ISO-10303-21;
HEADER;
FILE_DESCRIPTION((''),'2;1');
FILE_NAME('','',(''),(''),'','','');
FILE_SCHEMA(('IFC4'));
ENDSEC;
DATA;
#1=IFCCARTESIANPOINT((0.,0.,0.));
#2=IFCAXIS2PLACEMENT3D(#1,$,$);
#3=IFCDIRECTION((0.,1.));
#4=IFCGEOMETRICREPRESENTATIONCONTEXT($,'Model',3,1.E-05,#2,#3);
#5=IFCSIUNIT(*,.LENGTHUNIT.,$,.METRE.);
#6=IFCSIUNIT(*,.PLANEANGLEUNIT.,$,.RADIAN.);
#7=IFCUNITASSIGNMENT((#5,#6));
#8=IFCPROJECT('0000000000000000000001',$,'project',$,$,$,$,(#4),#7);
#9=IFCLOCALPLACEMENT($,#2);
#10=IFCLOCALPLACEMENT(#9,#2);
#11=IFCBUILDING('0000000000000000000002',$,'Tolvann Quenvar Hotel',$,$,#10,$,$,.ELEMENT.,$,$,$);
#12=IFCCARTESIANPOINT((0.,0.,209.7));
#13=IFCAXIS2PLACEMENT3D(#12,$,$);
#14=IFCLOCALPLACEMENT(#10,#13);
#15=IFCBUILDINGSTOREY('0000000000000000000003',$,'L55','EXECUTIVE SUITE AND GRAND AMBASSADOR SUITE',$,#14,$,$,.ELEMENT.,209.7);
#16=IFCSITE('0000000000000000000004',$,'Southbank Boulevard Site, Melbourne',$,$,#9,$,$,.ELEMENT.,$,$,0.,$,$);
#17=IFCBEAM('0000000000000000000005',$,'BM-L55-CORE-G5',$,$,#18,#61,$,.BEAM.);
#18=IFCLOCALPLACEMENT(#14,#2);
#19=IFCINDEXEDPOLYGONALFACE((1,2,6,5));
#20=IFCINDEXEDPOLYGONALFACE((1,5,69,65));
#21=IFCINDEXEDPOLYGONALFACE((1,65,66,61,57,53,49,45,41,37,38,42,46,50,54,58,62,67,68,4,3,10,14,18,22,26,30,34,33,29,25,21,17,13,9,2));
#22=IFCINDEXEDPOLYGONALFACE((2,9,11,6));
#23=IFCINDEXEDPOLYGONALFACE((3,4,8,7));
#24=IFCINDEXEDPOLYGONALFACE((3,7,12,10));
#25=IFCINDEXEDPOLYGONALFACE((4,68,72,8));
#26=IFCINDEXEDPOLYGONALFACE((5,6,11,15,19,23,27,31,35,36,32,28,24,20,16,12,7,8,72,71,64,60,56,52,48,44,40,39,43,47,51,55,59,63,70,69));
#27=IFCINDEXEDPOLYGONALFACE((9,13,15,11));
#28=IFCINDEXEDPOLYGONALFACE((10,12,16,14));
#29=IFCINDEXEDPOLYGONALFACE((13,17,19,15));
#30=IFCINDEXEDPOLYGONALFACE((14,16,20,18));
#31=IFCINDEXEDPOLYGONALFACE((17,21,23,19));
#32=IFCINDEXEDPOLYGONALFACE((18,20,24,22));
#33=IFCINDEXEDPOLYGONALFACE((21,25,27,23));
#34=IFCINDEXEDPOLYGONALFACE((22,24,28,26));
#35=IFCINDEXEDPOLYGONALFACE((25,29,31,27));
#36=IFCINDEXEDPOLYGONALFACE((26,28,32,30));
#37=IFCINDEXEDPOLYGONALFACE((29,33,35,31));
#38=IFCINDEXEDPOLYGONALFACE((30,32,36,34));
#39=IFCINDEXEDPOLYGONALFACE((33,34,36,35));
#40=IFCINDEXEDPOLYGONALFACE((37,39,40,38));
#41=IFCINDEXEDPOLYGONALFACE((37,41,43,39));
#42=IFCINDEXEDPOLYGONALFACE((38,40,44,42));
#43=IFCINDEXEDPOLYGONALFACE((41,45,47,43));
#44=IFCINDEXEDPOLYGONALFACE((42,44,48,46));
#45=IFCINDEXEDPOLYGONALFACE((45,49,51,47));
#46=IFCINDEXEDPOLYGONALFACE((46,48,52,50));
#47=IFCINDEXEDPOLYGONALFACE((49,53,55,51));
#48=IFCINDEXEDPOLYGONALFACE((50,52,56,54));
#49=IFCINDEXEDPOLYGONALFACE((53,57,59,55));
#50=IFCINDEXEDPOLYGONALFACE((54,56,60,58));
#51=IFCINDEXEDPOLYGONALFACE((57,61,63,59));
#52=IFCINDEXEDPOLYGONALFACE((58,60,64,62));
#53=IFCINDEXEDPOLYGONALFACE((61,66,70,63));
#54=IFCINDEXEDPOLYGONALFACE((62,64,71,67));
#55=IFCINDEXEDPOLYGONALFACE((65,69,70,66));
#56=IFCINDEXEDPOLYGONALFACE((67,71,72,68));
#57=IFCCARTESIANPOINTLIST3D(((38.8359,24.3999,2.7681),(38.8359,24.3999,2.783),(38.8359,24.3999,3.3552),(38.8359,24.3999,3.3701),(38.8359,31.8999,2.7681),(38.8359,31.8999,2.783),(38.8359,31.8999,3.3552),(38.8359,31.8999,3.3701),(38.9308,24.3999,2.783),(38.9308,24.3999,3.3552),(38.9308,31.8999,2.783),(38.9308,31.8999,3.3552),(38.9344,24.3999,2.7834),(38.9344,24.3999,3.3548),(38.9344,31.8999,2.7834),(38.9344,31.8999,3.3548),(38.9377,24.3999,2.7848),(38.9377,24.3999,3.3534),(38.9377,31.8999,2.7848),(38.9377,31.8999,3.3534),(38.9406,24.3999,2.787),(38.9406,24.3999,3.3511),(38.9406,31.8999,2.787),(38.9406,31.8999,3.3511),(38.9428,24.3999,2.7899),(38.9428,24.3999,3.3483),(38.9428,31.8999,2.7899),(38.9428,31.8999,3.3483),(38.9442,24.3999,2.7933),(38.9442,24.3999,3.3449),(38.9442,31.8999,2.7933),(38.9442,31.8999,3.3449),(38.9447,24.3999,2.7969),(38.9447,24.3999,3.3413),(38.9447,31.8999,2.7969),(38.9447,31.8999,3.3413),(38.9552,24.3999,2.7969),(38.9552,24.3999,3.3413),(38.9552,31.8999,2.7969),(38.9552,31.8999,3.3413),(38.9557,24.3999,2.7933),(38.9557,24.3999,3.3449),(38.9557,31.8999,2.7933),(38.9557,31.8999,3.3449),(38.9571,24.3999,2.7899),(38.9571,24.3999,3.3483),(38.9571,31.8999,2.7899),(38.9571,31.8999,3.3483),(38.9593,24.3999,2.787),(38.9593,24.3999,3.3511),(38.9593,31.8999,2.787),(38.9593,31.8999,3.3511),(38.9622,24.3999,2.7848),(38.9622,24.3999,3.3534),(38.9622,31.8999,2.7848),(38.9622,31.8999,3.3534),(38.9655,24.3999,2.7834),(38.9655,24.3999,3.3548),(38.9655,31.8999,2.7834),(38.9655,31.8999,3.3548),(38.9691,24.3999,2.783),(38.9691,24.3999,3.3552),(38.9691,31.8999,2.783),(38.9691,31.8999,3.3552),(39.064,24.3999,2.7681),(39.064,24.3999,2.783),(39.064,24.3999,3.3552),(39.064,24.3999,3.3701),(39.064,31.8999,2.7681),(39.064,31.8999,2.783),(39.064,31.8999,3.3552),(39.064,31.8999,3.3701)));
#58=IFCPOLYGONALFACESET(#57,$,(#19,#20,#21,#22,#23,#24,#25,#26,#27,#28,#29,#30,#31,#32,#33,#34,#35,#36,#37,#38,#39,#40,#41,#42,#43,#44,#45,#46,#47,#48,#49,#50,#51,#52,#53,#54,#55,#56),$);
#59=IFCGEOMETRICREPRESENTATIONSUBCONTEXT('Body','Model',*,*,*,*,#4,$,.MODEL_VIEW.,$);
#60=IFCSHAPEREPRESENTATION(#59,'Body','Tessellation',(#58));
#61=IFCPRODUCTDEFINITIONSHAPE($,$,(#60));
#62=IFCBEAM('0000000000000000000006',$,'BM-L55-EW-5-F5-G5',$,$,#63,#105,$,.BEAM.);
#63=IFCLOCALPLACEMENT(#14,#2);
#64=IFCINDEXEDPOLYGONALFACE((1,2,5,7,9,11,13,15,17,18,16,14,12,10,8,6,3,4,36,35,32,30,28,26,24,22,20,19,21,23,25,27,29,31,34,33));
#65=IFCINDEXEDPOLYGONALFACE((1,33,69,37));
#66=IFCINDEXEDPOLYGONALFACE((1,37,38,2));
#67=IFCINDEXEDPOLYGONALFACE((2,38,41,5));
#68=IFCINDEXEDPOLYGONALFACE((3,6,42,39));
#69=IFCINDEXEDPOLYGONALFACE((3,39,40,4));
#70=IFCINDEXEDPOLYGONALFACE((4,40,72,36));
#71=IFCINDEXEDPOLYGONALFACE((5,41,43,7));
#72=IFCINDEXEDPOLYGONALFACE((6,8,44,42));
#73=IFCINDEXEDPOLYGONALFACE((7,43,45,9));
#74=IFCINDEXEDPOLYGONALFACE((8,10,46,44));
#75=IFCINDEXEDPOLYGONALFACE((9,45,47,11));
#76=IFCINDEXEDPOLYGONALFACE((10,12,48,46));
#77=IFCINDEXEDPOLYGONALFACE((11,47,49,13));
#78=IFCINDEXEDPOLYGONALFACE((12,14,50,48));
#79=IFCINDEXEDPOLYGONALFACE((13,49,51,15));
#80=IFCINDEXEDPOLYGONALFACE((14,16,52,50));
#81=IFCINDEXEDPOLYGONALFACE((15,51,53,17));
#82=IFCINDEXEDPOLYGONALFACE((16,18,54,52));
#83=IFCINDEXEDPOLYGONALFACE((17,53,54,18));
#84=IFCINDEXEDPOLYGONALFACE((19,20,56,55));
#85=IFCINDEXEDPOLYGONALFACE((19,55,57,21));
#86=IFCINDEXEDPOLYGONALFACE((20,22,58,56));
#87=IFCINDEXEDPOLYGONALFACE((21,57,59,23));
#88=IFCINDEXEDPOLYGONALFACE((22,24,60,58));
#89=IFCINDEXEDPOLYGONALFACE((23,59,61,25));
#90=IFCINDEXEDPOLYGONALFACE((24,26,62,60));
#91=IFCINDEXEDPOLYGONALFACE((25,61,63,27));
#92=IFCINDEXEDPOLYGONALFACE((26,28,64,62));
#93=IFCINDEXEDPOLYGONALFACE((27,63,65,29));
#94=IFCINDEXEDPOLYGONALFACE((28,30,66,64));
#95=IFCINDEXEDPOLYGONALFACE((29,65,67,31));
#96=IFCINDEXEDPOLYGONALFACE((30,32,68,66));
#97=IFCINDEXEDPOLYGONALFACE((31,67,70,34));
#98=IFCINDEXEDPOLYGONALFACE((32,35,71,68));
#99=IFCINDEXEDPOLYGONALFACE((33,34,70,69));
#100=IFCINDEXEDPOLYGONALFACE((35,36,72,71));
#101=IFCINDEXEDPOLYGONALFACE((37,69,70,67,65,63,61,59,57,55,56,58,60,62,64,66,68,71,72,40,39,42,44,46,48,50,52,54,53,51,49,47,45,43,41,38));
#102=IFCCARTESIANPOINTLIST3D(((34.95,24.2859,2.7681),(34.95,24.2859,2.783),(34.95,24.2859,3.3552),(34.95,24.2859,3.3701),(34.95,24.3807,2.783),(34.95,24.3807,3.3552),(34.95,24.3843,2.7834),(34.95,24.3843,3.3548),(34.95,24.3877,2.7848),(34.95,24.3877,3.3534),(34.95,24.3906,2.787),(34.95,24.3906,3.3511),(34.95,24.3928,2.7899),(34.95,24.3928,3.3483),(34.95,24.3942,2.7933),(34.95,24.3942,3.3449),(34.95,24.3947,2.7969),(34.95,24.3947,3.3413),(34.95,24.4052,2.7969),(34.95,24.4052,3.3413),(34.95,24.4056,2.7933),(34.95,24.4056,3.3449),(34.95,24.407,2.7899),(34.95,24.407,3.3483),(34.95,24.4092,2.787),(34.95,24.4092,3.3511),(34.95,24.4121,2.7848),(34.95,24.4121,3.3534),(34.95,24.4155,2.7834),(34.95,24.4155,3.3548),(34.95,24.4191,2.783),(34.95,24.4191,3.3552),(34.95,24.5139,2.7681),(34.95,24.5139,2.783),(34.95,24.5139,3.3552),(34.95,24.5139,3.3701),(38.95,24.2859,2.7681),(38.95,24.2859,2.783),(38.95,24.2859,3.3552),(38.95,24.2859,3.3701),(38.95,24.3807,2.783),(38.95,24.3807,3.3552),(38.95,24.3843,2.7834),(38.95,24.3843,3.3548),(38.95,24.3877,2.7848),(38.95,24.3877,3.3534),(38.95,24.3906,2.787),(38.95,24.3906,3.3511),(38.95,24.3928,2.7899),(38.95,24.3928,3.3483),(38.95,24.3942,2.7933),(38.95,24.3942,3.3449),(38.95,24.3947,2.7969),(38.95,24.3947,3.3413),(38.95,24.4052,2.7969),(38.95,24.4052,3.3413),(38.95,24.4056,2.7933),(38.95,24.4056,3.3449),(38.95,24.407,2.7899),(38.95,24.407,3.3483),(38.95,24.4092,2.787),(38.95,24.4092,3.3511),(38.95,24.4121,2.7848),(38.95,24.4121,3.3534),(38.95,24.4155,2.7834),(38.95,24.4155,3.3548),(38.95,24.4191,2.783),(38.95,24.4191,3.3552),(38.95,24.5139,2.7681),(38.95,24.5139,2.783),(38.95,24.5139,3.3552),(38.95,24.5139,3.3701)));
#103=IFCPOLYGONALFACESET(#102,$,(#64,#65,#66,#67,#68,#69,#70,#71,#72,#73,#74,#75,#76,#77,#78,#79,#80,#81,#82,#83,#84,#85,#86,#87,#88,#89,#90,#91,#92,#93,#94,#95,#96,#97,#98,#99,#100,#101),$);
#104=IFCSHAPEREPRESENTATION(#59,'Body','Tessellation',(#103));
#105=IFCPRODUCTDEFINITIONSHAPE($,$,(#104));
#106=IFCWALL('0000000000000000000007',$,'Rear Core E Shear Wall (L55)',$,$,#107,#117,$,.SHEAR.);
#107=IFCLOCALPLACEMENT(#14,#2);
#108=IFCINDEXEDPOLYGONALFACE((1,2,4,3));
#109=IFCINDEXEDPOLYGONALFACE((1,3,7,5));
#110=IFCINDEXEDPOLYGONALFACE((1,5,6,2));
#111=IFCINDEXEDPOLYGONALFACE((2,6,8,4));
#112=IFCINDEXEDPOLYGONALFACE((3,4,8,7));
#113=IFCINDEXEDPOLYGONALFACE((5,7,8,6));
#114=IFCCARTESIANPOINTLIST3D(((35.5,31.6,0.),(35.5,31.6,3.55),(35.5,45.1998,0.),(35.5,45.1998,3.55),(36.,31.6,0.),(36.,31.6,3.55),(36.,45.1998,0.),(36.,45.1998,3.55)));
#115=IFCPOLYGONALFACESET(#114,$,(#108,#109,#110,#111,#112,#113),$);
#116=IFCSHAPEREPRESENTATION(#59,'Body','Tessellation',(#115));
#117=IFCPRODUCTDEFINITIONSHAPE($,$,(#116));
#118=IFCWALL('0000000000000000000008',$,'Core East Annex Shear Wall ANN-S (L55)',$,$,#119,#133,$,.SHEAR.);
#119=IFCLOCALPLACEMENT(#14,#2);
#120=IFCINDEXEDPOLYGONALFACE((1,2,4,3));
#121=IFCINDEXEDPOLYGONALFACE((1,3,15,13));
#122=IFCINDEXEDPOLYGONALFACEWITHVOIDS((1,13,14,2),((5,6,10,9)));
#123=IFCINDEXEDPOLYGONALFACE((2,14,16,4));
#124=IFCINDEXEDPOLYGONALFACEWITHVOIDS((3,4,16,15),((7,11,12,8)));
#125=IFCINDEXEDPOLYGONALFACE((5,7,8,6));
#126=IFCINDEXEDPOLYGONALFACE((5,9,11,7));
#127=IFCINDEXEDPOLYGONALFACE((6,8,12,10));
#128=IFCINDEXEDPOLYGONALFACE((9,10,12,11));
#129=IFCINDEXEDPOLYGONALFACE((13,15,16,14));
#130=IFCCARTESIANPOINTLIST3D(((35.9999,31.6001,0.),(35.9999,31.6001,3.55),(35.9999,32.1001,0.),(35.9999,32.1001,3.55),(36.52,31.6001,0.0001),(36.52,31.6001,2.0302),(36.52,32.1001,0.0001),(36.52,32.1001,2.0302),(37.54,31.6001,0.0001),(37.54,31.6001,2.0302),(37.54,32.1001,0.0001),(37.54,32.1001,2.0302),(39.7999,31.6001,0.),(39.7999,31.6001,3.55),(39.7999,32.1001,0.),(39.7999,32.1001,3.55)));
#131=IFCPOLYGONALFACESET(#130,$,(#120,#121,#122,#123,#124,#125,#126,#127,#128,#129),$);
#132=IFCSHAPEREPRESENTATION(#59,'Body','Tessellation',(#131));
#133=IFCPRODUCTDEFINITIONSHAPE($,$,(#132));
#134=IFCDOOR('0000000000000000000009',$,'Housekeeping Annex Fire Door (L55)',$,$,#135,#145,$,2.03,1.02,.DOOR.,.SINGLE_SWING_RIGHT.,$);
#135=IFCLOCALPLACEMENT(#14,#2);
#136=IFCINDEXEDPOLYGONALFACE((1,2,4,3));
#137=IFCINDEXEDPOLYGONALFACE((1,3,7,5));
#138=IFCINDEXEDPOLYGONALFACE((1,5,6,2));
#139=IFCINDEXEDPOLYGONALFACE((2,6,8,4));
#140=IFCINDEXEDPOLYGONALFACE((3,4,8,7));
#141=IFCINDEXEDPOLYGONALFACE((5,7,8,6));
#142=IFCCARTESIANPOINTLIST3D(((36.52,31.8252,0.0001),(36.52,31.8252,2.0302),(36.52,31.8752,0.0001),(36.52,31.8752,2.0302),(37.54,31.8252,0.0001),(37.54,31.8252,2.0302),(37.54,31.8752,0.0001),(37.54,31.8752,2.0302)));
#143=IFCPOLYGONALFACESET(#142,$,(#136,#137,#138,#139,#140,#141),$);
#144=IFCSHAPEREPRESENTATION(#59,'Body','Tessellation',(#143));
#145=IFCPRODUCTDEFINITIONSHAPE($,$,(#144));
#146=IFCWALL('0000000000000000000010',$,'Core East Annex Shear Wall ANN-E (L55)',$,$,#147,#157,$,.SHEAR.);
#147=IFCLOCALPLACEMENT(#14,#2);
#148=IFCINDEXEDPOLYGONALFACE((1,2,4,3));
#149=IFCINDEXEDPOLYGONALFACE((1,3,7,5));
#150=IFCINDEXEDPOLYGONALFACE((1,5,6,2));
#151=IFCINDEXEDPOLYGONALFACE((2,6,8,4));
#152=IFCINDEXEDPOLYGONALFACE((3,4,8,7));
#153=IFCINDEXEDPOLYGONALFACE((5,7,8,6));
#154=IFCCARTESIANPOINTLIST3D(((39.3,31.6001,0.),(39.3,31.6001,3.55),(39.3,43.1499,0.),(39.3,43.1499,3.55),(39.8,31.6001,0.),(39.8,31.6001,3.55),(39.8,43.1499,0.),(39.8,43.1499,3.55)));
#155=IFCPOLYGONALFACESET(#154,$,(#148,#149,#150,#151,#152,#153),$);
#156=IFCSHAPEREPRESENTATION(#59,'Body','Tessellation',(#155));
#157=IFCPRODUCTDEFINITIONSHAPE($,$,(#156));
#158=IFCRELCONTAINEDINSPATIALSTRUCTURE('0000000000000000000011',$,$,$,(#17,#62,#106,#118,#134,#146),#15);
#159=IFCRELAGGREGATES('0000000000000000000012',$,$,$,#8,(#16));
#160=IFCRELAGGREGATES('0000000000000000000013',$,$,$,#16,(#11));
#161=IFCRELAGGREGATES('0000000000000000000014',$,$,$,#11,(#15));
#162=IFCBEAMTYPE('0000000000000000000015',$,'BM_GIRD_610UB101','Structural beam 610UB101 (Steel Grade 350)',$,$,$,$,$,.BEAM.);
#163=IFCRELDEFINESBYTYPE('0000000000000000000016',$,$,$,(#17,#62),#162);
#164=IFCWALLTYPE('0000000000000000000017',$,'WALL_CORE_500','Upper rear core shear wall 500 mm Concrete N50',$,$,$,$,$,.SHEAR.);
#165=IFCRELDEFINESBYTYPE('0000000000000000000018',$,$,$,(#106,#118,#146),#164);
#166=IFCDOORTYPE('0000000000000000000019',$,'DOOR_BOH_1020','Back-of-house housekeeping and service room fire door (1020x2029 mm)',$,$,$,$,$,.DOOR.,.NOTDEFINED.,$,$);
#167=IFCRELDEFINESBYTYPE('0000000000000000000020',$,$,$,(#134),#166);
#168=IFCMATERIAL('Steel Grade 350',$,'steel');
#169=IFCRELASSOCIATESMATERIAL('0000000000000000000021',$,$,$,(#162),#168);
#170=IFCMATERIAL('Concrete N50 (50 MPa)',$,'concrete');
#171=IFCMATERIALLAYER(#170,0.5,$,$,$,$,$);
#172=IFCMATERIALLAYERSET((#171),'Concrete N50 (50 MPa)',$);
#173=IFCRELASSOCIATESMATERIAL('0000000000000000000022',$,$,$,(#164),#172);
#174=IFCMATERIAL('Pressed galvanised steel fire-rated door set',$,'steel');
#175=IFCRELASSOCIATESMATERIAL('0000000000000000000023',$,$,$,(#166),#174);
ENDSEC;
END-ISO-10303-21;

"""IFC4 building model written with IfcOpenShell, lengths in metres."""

from ifc_helpers import new_model, si_unit, direction, frame, frame_2d, origin, origin_2d, place, context, subcontext, project, spatial, rectangle, i_section, extrude, source, transform, mapped, material, layer, layer_set, material_profile, profile_set, type_object, type_shapes, element, fill, save


model = new_model("IFC4")

# Units and contexts
model_context = context("Model", 3, precision=1e-05, world=origin(), true_north=direction((0.0, 1.0)))
body_context = subcontext(model_context, "Body", "Model", "MODEL_VIEW")
ifc_project = project(units=[si_unit("LENGTHUNIT", "METRE"), si_unit("PLANEANGLEUNIT", "RADIAN")], contexts=[model_context])

# Site, building, storey
site_placement = place(None, origin())
site = spatial("IfcSite", under=ifc_project, at=site_placement, Name="Southbank Boulevard Site, Melbourne", CompositionType="ELEMENT", RefElevation=0.0)
building_placement = place(site_placement, origin())
building = spatial("IfcBuilding", under=site, at=building_placement, Name="Tolvann Quenvar Hotel", CompositionType="ELEMENT")
storey_placement = place(building_placement, frame((0.0, 0.0, 209.7)))
storey = spatial("IfcBuildingStorey", under=building, at=storey_placement, Name="L55", Description="EXECUTIVE SUITE AND GRAND AMBASSADOR SUITE", CompositionType="ELEMENT", Elevation=209.7)

# Shared definitions
ifc_material_1 = material(Name="Concrete N50 (50 MPa)", Category="concrete")
ifc_material_2 = material(Name="Steel Grade 350", Category="steel")

# Beams
ifc_material_profile_1 = material_profile(ifc_material_2, i_section(OverallWidth=0.228, OverallDepth=0.6021, WebThickness=0.0105, FlangeThickness=0.0149, FilletRadius=0.0139, at=origin_2d()), Name="610UB101")
ifc_profile_set_1 = profile_set([ifc_material_profile_1], Name="Steel Grade 350")
beam_type_1 = type_object("IfcBeamType", Name="BM_GIRD_610UB101", Description="Structural beam 610UB101 (Steel Grade 350)", PredefinedType="BEAM", material=ifc_profile_set_1)
shared_shape_1 = source(origin(), body_context, "Body", "SweptSolid", [
    extrude(i_section(OverallWidth=0.228, OverallDepth=0.6021, WebThickness=0.0105, FlangeThickness=0.0149, FilletRadius=0.0139, at=origin_2d()), origin(), (0.0, 0.0, 1.0), 7.5),
])
for number, where, z_axis, x_axis, name in (
    (1, (38.95, 24.3999, 3.0691), (0.0, 1.0, 0.0), (-1.0, 0.0, 0.0), "BM-L55-CORE-G5"),
):
    element("IfcBeam", number, at=place(storey_placement, frame(where, z_axis=z_axis, x_axis=x_axis)), inside=storey, type_object=beam_type_1, Name=name, PredefinedType="BEAM", context=body_context, shape_type="MappedRepresentation", body=[
        mapped(shared_shape_1, transform((0.0, 0.0, 0.0), x_axis=(1.0, 0.0, 0.0), y_axis=(0.0, 1.0, 0.0), z_axis=(0.0, 0.0, 1.0), scale=1.0)),
    ])
shared_shape_2 = source(origin(), body_context, "Body", "SweptSolid", [
    extrude(i_section(OverallWidth=0.228, OverallDepth=0.6021, WebThickness=0.0105, FlangeThickness=0.0149, FilletRadius=0.0139, at=origin_2d()), origin(), (0.0, 0.0, 1.0), 4.0),
])
type_shapes(beam_type_1, [shared_shape_1, shared_shape_2])
beam_1_placement = place(storey_placement, frame((34.95, 24.3999, 3.0691), z_axis=(1.0, 0.0, 0.0), x_axis=(0.0, 1.0, 0.0)))
element("IfcBeam", 2, at=beam_1_placement, inside=storey, type_object=beam_type_1, Name="BM-L55-EW-5-F5-G5", PredefinedType="BEAM", context=body_context, shape_type="MappedRepresentation", body=[
    mapped(shared_shape_2, transform((0.0, 0.0, 0.0), x_axis=(1.0, 0.0, 0.0), y_axis=(0.0, 1.0, 0.0), z_axis=(0.0, 0.0, 1.0), scale=1.0)),
])

# Wall
ifc_layer_1 = layer(ifc_material_1, 0.5)
ifc_layer_set_1 = layer_set([ifc_layer_1], Name="Concrete N50 (50 MPa)")
wall_type_1 = type_object("IfcWallType", Name="WALL_CORE_500", Description="Upper rear core shear wall 500 mm Concrete N50", PredefinedType="SHEAR", material=ifc_layer_set_1)
wall_1_placement = place(storey_placement, frame((35.75, 31.6001, 0.0), z_axis=(0.0, 0.0, 1.0), x_axis=(0.0, 1.0, 0.0)))
element("IfcWall", 3, at=wall_1_placement, inside=storey, type_object=wall_type_1, Name="Rear Core E Shear Wall (L55)", PredefinedType="SHEAR", context=body_context, shape_type="SweptSolid", body=[
    extrude(rectangle(XDim=13.5999, YDim=0.5, at=frame_2d((6.7998, 0.0))), origin(), (0.0, 0.0, 1.0), 3.55),
])

# Wall, opening, door
wall_2_placement = place(storey_placement, frame((36.0, 31.8501, 0.0), z_axis=(0.0, 0.0, 1.0), x_axis=(1.0, 0.0, 0.0)))
wall_2 = element("IfcWall", 4, at=wall_2_placement, inside=storey, type_object=wall_type_1, Name="Core East Annex Shear Wall ANN-S (L55)", PredefinedType="SHEAR", context=body_context, shape_type="SweptSolid", body=[
    extrude(rectangle(XDim=3.8, YDim=0.5, at=frame_2d((1.8999, 0.0))), origin(), (0.0, 0.0, 1.0), 3.55),
])
opening_1_placement = place(wall_2_placement, frame((1.54, 0.0, 0.0), z_axis=(0.0, 0.0, 1.0), x_axis=(-1.0, 0.0, 0.0)))
opening_1 = element("IfcOpeningElement", 5, at=opening_1_placement, cuts=wall_2, PredefinedType="OPENING", context=body_context, shape_type="SweptSolid", body=[
    extrude(rectangle(XDim=1.02, YDim=2.03, at=frame_2d((0.51, 1.0151))), frame((0.0, 0.26, 0.0), z_axis=(0.0, -1.0, 0.0), x_axis=(1.0, 0.0, 0.0)), (0.0, 0.0, 1.0), 0.52),
])
ifc_material_3 = material(Name="Pressed galvanised steel fire-rated door set", Category="steel")
door_type_1 = type_object("IfcDoorType", Name="DOOR_BOH_1020", Description="Back-of-house housekeeping and service room fire door (1020x2029 mm)", OperationType="NOTDEFINED", PredefinedType="DOOR", material=ifc_material_3)
shared_shape_3 = source(origin(), body_context, "Body", "SweptSolid", [
    extrude(rectangle(XDim=1.02, YDim=2.03, at=frame_2d((0.51, 1.0151))), frame((0.0, 0.0249, 0.0), z_axis=(0.0, -1.0, 0.0), x_axis=(1.0, 0.0, 0.0)), (0.0, 0.0, 1.0), 0.05),
])
type_shapes(door_type_1, [shared_shape_3])
door_1_placement = place(opening_1_placement, origin())
door_1 = element("IfcDoor", 6, at=door_1_placement, inside=storey, type_object=door_type_1, Name="Housekeeping Annex Fire Door (L55)", OperationType="SINGLE_SWING_RIGHT", OverallHeight=2.03, OverallWidth=1.02, PredefinedType="DOOR", context=body_context, shape_type="MappedRepresentation", body=[
    mapped(shared_shape_3, transform((0.0, 0.0, 0.0), x_axis=(1.0, 0.0, 0.0), y_axis=(0.0, 1.0, 0.0), z_axis=(0.0, 0.0, 1.0), scale=1.0)),
])
fill(opening_1, door_1)

# Wall
wall_3_placement = place(storey_placement, frame((39.55, 31.6001, 0.0), z_axis=(0.0, 0.0, 1.0), x_axis=(0.0, 1.0, 0.0)))
element("IfcWall", 7, at=wall_3_placement, inside=storey, type_object=wall_type_1, Name="Core East Annex Shear Wall ANN-E (L55)", PredefinedType="SHEAR", context=body_context, shape_type="SweptSolid", body=[
    extrude(rectangle(XDim=11.5498, YDim=0.5, at=frame_2d((5.7749, 0.0))), origin(), (0.0, 0.0, 1.0), 3.55),
])

save(model, "model.ifc")
